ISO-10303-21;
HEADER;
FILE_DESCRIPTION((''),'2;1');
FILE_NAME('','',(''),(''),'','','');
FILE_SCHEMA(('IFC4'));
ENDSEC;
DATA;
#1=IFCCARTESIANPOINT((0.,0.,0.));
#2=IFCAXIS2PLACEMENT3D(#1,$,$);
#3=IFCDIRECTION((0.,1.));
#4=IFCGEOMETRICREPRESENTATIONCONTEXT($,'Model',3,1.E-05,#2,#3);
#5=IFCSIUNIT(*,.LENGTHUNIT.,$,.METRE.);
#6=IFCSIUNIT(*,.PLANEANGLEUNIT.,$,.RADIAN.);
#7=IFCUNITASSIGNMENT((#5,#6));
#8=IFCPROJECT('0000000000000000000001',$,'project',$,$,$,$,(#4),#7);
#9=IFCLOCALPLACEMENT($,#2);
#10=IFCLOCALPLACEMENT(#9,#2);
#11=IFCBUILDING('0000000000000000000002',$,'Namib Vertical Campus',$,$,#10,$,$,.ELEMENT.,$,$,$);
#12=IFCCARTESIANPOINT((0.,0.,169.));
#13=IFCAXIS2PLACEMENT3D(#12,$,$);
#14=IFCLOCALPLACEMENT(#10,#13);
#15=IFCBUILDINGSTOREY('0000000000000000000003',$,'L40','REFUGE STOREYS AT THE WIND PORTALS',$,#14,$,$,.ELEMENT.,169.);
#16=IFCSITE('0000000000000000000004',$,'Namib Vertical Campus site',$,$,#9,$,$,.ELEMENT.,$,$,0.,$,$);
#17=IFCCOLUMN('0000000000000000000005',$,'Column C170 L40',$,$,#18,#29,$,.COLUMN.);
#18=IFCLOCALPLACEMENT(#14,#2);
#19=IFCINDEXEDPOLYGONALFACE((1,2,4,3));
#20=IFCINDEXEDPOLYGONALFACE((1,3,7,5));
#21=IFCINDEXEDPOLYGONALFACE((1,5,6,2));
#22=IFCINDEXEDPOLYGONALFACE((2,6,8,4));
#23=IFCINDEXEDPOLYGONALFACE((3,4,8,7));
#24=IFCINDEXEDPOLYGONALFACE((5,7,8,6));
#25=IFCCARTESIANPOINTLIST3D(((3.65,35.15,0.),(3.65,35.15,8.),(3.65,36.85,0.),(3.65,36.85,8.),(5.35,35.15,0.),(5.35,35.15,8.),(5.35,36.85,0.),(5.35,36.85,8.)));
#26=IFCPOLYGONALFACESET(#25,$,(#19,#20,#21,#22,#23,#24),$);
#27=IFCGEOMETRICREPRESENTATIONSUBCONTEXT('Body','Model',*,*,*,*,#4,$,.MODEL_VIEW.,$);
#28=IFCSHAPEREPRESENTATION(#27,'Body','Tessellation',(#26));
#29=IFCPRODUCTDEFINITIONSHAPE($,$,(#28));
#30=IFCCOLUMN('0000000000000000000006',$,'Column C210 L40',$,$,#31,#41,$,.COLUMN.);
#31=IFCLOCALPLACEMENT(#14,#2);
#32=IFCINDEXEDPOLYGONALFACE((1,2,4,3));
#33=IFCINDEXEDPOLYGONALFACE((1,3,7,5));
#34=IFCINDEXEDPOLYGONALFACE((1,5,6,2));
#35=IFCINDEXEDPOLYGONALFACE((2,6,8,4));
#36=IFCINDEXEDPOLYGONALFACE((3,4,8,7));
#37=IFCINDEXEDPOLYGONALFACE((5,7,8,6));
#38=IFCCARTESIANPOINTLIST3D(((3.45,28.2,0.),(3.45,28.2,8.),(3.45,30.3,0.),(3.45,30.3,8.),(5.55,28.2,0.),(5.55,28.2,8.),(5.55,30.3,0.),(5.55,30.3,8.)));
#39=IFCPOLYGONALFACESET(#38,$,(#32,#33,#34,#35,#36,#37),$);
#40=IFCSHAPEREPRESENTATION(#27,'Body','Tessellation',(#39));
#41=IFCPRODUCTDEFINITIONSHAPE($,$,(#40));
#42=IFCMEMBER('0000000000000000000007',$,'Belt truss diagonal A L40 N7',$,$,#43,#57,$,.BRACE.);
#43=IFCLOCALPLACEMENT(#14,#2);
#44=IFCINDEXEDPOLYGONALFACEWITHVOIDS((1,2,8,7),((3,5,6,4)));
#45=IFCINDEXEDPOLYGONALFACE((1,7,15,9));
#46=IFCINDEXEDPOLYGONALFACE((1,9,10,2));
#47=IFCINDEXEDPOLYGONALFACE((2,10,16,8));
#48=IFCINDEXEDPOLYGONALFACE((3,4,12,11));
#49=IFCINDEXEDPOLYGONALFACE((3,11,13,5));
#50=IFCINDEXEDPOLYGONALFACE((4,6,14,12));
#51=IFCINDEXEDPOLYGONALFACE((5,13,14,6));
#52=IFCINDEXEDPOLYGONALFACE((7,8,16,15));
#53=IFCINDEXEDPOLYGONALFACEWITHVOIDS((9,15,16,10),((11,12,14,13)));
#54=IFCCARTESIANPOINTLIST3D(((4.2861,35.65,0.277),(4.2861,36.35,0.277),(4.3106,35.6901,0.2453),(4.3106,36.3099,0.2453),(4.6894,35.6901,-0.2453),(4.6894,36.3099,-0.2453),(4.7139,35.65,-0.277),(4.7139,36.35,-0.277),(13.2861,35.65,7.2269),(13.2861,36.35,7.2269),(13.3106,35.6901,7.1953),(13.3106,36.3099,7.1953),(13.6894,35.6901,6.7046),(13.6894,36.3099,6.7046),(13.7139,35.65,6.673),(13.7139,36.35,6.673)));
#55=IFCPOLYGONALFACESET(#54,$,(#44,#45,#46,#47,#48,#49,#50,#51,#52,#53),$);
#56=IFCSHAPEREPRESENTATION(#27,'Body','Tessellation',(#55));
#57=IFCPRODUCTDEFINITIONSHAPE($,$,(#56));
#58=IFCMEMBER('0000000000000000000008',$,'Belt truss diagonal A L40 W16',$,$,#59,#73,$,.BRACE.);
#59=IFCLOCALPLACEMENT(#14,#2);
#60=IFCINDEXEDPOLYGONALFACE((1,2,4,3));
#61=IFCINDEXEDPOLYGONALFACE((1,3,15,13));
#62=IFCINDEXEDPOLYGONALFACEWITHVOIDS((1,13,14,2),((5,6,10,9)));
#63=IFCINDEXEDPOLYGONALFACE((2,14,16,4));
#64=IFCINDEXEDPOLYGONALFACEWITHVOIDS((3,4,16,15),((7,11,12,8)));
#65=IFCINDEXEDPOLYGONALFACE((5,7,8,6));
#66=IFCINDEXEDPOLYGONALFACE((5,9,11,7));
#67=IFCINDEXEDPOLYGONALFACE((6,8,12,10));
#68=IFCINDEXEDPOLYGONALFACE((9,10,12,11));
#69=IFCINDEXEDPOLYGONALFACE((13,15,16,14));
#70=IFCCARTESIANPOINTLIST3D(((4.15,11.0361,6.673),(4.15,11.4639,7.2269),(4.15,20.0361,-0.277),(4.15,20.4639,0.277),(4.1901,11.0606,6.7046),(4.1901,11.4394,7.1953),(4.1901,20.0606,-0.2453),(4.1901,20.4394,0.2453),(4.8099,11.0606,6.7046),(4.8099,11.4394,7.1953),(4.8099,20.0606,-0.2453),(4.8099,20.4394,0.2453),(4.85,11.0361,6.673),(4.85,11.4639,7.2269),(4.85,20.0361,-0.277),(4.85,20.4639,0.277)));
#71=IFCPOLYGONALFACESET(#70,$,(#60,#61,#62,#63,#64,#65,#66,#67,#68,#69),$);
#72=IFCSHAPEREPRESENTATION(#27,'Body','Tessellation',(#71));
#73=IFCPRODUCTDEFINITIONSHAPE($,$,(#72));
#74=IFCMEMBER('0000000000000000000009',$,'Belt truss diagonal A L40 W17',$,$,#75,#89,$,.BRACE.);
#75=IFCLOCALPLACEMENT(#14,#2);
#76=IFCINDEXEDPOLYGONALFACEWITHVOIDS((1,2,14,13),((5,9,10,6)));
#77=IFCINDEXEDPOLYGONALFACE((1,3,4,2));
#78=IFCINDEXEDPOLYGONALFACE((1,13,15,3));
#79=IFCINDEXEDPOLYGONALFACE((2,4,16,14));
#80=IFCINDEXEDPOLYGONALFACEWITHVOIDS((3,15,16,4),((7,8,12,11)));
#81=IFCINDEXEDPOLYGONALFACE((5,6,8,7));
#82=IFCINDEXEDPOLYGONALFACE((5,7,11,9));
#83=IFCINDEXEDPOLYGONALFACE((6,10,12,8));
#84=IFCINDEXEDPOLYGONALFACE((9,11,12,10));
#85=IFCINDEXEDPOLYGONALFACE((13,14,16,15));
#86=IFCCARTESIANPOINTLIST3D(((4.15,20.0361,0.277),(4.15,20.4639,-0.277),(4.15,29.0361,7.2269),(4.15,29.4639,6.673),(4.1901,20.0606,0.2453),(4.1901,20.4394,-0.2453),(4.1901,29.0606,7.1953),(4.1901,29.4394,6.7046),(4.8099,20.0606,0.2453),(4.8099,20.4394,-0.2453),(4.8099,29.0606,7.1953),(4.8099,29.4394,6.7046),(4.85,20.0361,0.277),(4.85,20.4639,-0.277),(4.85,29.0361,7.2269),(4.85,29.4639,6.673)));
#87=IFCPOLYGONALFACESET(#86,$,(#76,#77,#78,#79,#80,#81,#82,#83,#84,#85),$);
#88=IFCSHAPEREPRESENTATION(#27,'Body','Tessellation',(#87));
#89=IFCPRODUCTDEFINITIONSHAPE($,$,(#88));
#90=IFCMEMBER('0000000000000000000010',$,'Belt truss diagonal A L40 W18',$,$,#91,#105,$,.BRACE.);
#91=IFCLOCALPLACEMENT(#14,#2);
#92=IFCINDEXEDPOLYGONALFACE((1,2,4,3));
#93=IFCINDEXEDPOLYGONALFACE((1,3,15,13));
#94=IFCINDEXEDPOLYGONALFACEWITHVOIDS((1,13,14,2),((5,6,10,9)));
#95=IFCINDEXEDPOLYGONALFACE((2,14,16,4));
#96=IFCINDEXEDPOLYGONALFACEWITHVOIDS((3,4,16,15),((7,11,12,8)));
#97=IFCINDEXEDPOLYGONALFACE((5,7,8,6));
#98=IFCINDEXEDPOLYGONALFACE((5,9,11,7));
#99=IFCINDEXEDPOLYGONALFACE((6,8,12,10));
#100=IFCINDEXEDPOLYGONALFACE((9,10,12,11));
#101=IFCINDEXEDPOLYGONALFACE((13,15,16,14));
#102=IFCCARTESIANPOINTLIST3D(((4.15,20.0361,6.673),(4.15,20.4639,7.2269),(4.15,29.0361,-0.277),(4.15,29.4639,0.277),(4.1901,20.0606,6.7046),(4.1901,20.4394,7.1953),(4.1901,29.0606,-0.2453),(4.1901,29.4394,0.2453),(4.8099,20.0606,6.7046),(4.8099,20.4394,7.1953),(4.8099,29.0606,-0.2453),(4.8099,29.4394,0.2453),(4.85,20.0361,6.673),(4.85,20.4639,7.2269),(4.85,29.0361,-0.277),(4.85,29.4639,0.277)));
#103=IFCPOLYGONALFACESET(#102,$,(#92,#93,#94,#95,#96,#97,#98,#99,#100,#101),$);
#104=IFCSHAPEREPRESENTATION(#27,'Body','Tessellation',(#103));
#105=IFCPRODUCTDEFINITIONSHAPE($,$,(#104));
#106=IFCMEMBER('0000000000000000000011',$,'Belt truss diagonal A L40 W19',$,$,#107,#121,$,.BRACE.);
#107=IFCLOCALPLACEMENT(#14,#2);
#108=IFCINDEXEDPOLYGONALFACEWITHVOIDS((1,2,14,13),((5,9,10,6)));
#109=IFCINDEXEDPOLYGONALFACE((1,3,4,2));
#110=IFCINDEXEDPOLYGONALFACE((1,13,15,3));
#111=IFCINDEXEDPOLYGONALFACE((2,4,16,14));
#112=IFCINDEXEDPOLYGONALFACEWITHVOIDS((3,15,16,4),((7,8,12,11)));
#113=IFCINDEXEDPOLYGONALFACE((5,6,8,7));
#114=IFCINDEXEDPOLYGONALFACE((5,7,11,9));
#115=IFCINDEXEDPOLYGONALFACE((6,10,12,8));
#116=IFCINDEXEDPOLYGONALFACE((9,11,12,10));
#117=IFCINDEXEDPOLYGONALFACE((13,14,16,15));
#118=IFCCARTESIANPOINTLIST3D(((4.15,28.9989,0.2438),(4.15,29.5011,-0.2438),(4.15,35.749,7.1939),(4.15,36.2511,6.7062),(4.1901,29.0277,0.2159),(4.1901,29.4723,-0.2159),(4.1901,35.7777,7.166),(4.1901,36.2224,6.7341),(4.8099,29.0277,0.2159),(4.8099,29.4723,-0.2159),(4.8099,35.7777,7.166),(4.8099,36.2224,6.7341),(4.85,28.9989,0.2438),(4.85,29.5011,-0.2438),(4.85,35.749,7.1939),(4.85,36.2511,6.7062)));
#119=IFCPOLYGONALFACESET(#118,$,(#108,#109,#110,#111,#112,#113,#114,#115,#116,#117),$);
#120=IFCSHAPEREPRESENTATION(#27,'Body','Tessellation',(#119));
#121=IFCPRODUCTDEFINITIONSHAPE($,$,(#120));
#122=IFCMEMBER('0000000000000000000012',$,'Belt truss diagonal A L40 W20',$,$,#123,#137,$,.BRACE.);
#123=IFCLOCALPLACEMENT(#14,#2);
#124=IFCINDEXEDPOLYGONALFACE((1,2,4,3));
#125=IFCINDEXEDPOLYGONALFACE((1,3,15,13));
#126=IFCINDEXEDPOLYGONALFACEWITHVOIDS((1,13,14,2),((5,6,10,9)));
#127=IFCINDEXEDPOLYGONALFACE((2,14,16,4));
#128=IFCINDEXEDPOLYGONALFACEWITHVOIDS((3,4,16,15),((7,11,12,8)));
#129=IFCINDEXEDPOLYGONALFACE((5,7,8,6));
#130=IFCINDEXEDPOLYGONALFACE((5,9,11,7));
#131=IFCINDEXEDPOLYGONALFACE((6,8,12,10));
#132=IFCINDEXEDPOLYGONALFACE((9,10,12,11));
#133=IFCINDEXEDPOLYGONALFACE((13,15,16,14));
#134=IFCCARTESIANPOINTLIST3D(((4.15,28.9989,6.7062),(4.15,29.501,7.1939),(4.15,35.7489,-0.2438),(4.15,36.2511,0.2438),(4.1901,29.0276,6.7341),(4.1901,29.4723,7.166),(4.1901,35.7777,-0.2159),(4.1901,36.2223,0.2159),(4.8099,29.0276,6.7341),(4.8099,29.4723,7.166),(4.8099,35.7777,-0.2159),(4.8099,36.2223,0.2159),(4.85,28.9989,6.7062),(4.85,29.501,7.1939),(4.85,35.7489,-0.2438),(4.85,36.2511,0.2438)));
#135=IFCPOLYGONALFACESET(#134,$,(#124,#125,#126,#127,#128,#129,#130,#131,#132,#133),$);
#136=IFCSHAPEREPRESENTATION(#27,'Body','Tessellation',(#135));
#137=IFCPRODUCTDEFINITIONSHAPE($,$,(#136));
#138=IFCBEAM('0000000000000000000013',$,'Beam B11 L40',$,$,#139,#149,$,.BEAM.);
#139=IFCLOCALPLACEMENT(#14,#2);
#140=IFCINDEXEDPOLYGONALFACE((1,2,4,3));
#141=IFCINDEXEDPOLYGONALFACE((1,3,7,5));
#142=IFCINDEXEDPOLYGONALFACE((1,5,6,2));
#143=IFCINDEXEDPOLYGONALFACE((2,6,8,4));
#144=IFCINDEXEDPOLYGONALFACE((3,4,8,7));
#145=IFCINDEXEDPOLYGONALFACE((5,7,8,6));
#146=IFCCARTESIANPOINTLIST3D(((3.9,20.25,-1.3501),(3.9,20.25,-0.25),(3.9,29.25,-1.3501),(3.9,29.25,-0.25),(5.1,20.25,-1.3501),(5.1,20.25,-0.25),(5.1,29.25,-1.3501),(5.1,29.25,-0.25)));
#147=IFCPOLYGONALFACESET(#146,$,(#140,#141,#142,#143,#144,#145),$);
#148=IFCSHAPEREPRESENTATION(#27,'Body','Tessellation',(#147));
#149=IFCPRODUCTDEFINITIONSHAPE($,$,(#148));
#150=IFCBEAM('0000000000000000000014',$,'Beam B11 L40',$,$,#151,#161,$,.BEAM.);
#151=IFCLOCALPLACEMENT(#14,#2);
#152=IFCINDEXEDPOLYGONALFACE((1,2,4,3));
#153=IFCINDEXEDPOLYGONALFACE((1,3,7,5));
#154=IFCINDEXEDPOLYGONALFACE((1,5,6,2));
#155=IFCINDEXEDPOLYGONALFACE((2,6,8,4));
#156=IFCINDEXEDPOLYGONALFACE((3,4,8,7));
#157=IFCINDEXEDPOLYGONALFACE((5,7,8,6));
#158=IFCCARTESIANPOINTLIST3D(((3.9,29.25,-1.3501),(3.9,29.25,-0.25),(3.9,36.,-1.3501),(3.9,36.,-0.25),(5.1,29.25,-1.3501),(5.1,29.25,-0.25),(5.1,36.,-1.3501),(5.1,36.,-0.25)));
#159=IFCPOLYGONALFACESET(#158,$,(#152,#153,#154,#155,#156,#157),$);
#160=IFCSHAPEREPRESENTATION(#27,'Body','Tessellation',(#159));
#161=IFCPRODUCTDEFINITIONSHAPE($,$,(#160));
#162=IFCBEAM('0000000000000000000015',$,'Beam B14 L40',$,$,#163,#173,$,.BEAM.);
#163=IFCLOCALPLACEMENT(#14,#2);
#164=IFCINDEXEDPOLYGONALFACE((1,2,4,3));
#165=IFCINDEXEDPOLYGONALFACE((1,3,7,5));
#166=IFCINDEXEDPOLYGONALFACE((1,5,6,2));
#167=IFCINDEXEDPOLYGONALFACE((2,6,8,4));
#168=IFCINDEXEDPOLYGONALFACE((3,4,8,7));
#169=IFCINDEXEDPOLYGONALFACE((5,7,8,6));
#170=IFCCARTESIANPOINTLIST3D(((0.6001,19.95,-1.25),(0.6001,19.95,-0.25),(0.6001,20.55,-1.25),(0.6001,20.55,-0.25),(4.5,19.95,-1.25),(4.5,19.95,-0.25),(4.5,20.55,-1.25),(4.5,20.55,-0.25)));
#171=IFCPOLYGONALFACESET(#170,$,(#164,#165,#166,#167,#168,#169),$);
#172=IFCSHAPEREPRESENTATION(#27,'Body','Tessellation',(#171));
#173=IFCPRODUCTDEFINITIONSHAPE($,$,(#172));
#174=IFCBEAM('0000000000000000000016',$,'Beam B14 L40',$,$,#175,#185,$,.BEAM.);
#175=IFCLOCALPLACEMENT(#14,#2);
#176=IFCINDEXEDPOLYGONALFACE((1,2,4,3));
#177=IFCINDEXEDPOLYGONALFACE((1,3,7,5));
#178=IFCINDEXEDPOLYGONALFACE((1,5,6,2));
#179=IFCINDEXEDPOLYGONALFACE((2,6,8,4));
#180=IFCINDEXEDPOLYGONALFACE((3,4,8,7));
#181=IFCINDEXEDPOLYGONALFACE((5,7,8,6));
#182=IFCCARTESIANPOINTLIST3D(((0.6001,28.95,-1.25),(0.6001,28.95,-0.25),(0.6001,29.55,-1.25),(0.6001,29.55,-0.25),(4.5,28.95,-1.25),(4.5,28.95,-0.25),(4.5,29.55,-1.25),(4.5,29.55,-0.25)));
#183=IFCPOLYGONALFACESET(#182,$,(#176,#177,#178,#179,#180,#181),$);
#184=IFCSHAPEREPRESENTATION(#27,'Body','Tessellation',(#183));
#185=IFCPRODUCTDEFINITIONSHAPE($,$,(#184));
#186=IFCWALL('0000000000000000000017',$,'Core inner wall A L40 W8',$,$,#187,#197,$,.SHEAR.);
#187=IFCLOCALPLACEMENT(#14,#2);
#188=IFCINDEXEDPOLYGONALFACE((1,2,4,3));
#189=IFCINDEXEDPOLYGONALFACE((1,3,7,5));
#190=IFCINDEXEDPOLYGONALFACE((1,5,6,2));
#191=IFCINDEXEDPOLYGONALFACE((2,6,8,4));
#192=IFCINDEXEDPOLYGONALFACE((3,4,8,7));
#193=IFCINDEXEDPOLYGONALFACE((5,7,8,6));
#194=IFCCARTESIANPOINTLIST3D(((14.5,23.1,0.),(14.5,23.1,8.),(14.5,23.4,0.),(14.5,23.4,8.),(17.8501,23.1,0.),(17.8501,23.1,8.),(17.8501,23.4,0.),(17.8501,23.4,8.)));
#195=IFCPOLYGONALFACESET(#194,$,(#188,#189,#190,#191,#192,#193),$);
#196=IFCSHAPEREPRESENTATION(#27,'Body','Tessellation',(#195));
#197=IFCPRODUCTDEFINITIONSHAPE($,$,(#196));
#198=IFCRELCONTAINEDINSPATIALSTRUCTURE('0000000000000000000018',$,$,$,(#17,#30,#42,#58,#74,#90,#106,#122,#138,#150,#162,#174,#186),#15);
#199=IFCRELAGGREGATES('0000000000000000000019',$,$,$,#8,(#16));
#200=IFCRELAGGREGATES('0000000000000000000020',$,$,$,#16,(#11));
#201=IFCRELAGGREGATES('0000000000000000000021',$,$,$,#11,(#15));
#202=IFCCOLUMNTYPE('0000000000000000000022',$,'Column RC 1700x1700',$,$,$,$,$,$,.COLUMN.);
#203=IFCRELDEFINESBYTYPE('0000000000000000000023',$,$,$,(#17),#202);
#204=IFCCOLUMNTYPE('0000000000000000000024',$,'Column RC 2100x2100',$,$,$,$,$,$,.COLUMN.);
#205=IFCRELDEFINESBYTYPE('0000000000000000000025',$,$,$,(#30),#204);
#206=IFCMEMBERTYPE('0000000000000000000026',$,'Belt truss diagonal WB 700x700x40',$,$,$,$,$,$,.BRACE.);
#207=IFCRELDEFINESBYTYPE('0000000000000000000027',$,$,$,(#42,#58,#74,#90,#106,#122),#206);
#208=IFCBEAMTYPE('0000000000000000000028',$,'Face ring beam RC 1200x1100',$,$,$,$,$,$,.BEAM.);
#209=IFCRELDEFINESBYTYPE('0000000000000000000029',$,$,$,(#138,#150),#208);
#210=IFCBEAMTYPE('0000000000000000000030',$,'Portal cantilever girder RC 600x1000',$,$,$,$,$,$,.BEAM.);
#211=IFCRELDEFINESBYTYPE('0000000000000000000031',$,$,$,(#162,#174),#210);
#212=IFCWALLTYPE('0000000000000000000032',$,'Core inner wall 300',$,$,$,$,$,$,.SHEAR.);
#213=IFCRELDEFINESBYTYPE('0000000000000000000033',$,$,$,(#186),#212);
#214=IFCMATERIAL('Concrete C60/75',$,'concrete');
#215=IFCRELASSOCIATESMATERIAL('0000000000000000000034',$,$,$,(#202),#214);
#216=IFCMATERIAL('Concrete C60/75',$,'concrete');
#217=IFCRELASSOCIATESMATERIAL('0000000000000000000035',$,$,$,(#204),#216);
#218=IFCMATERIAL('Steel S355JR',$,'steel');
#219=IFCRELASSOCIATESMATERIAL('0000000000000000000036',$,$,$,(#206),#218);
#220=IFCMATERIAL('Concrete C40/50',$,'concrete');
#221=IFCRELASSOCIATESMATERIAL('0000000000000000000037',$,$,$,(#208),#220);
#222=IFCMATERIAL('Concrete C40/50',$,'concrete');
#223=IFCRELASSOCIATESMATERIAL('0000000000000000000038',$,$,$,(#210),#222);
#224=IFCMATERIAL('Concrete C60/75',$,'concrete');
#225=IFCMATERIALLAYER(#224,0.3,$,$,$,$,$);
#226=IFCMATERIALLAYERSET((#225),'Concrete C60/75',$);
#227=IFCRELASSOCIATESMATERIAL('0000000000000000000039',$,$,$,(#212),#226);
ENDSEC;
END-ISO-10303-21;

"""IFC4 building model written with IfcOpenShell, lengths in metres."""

from ifc_helpers import new_model, si_unit, direction, frame, frame_2d, origin, origin_2d, place, context, subcontext, project, spatial, rectangle, hollow_rectangle, extrude, material, layer, layer_set, material_profile, profile_set, type_object, element, save


model = new_model("IFC4")

# Units and contexts
model_context = context("Model", 3, precision=1e-05, world=origin(), true_north=direction((0.0, 1.0)))
body_context = subcontext(model_context, "Body", "Model", "MODEL_VIEW")
ifc_project = project(units=[si_unit("LENGTHUNIT", "METRE"), si_unit("PLANEANGLEUNIT", "RADIAN")], contexts=[model_context])

# Site, building, storey
site_placement = place(None, origin())
site = spatial("IfcSite", under=ifc_project, at=site_placement, Name="Namib Vertical Campus site", CompositionType="ELEMENT", RefElevation=0.0)
building_placement = place(site_placement, origin())
building = spatial("IfcBuilding", under=site, at=building_placement, Name="Namib Vertical Campus", CompositionType="ELEMENT")
storey_placement = place(building_placement, frame((0.0, 0.0, 169.0)))
storey = spatial("IfcBuildingStorey", under=building, at=storey_placement, Name="L40", Description="REFUGE STOREYS AT THE WIND PORTALS", CompositionType="ELEMENT", Elevation=169.0)

# Columns
ifc_material_1 = material(Name="Concrete C60/75", Category="concrete")
ifc_material_profile_1 = material_profile(ifc_material_1, rectangle(XDim=1.7, YDim=1.7, at=origin_2d()))
ifc_profile_set_1 = profile_set([ifc_material_profile_1], Name="Concrete C60/75")
column_type_1 = type_object("IfcColumnType", Name="Column RC 1700x1700", PredefinedType="COLUMN", material=ifc_profile_set_1)
column_1_placement = place(storey_placement, frame((4.5, 36.0, 0.0), z_axis=(0.0, 0.0, 1.0), x_axis=(1.0, 0.0, 0.0)))
element("IfcColumn", 1, at=column_1_placement, inside=storey, type_object=column_type_1, Name="Column C170 L40", PredefinedType="COLUMN", context=body_context, shape_type="SweptSolid", body=[
    extrude(rectangle(XDim=1.7, YDim=1.7, at=origin_2d()), origin(), (0.0, 0.0, 1.0), 8.0),
])
ifc_material_2 = material(Name="Concrete C60/75", Category="concrete")
ifc_material_profile_2 = material_profile(ifc_material_2, rectangle(XDim=2.1001, YDim=2.1001, at=origin_2d()))
ifc_profile_set_2 = profile_set([ifc_material_profile_2], Name="Concrete C60/75")
column_type_2 = type_object("IfcColumnType", Name="Column RC 2100x2100", PredefinedType="COLUMN", material=ifc_profile_set_2)
column_2_placement = place(storey_placement, frame((4.5, 29.25, 0.0), z_axis=(0.0, 0.0, 1.0), x_axis=(1.0, 0.0, 0.0)))
element("IfcColumn", 2, at=column_2_placement, inside=storey, type_object=column_type_2, Name="Column C210 L40", PredefinedType="COLUMN", context=body_context, shape_type="SweptSolid", body=[
    extrude(rectangle(XDim=2.1001, YDim=2.1001, at=origin_2d()), origin(), (0.0, 0.0, 1.0), 8.0),
])

# Members
ifc_material_3 = material(Name="Steel S355JR", Category="steel")
ifc_material_profile_3 = material_profile(ifc_material_3, hollow_rectangle(XDim=0.7, YDim=0.7, WallThickness=0.04, at=origin_2d()))
ifc_profile_set_3 = profile_set([ifc_material_profile_3], Name="Steel S355JR")
member_type = type_object("IfcMemberType", Name="Belt truss diagonal WB 700x700x40", PredefinedType="BRACE", material=ifc_profile_set_3)
for number, where, z_axis, x_axis, name in (
    (3, (4.5, 36.0, 0.0), (0.79148, 0.0, 0.611194), (0.0, 1.0, 0.0), "Belt truss diagonal A L40 N7"),
    (4, (4.5, 20.25, 0.0), (0.0, -0.79148, 0.611194), (1.0, 0.0, 0.0), "Belt truss diagonal A L40 W16"),
    (5, (4.5, 20.25, 0.0), (0.0, 0.79148, 0.611194), (-1.0, 0.0, 0.0), "Belt truss diagonal A L40 W17"),
    (6, (4.5, 29.25, 0.0), (0.0, -0.79148, 0.611194), (1.0, 0.0, 0.0), "Belt truss diagonal A L40 W18"),
):
    element("IfcMember", number, at=place(storey_placement, frame(where, z_axis=z_axis, x_axis=x_axis)), inside=storey, type_object=member_type, Name=name, PredefinedType="BRACE", context=body_context, shape_type="SweptSolid", body=[
        extrude(hollow_rectangle(XDim=0.7, YDim=0.7, WallThickness=0.04, at=origin_2d()), origin(), (0.0, 0.0, 1.0), 11.3711),
    ])
for number, where, z_axis, x_axis, name in (
    (7, (4.5, 29.25, 0.0), (0.0, 0.696712, 0.717351), (-1.0, 0.0, 0.0), "Belt truss diagonal A L40 W19"),
    (8, (4.5, 36.0, 0.0), (0.0, -0.696712, 0.717351), (1.0, 0.0, 0.0), "Belt truss diagonal A L40 W20"),
):
    element("IfcMember", number, at=place(storey_placement, frame(where, z_axis=z_axis, x_axis=x_axis)), inside=storey, type_object=member_type, Name=name, PredefinedType="BRACE", context=body_context, shape_type="SweptSolid", body=[
        extrude(hollow_rectangle(XDim=0.7, YDim=0.7, WallThickness=0.04, at=origin_2d()), origin(), (0.0, 0.0, 1.0), 9.6885),
    ])

# Beams
ifc_material_4 = material(Name="Concrete C40/50", Category="concrete")
ifc_material_profile_4 = material_profile(ifc_material_4, rectangle(XDim=1.2, YDim=1.1001, at=origin_2d()))
ifc_profile_set_4 = profile_set([ifc_material_profile_4], Name="Concrete C40/50")
beam_type_1 = type_object("IfcBeamType", Name="Face ring beam RC 1200x1100", PredefinedType="BEAM", material=ifc_profile_set_4)
beam_1_placement = place(storey_placement, frame((4.5, 20.25, -0.8), z_axis=(0.0, 1.0, 0.0), x_axis=(-1.0, 0.0, 0.0)))
element("IfcBeam", 9, at=beam_1_placement, inside=storey, type_object=beam_type_1, Name="Beam B11 L40", PredefinedType="BEAM", context=body_context, shape_type="SweptSolid", body=[
    extrude(rectangle(XDim=1.2, YDim=1.1001, at=origin_2d()), origin(), (0.0, 0.0, 1.0), 9.0),
])
beam_2_placement = place(storey_placement, frame((4.5, 29.25, -0.8), z_axis=(0.0, 1.0, 0.0), x_axis=(-1.0, 0.0, 0.0)))
element("IfcBeam", 10, at=beam_2_placement, inside=storey, type_object=beam_type_1, Name="Beam B11 L40", PredefinedType="BEAM", context=body_context, shape_type="SweptSolid", body=[
    extrude(rectangle(XDim=1.2, YDim=1.1001, at=origin_2d()), origin(), (0.0, 0.0, 1.0), 6.75),
])
ifc_material_5 = material(Name="Concrete C40/50", Category="concrete")
ifc_material_profile_5 = material_profile(ifc_material_5, rectangle(XDim=0.6001, YDim=1.0, at=origin_2d()))
ifc_profile_set_5 = profile_set([ifc_material_profile_5], Name="Concrete C40/50")
beam_type_2 = type_object("IfcBeamType", Name="Portal cantilever girder RC 600x1000", PredefinedType="BEAM", material=ifc_profile_set_5)
for number, where, z_axis, x_axis, name in (
    (11, (4.5, 20.25, -0.75), (-1.0, 0.0, 0.0), (0.0, -1.0, 0.0), "Beam B14 L40"),
    (12, (4.5, 29.25, -0.75), (-1.0, 0.0, 0.0), (0.0, -1.0, 0.0), "Beam B14 L40"),
):
    element("IfcBeam", number, at=place(storey_placement, frame(where, z_axis=z_axis, x_axis=x_axis)), inside=storey, type_object=beam_type_2, Name=name, PredefinedType="BEAM", context=body_context, shape_type="SweptSolid", body=[
        extrude(rectangle(XDim=0.6001, YDim=1.0, at=origin_2d()), origin(), (0.0, 0.0, 1.0), 3.8999),
    ])

# Wall
ifc_material_6 = material(Name="Concrete C60/75", Category="concrete")
ifc_layer_1 = layer(ifc_material_6, 0.3)
ifc_layer_set_1 = layer_set([ifc_layer_1], Name="Concrete C60/75")
wall_type_1 = type_object("IfcWallType", Name="Core inner wall 300", PredefinedType="SHEAR", material=ifc_layer_set_1)
for number, where, z_axis, x_axis, name in (
    (13, (14.5, 23.25, 0.0), (0.0, 0.0, 1.0), (1.0, 0.0, 0.0), "Core inner wall A L40 W8"),
):
    element("IfcWall", number, at=place(storey_placement, frame(where, z_axis=z_axis, x_axis=x_axis)), inside=storey, type_object=wall_type_1, Name=name, PredefinedType="SHEAR", context=body_context, shape_type="SweptSolid", body=[
        extrude(rectangle(XDim=3.3501, YDim=0.3, at=frame_2d((1.675, 0.0))), origin(), (0.0, 0.0, 1.0), 8.0),
    ])

save(model, "model.ifc")
